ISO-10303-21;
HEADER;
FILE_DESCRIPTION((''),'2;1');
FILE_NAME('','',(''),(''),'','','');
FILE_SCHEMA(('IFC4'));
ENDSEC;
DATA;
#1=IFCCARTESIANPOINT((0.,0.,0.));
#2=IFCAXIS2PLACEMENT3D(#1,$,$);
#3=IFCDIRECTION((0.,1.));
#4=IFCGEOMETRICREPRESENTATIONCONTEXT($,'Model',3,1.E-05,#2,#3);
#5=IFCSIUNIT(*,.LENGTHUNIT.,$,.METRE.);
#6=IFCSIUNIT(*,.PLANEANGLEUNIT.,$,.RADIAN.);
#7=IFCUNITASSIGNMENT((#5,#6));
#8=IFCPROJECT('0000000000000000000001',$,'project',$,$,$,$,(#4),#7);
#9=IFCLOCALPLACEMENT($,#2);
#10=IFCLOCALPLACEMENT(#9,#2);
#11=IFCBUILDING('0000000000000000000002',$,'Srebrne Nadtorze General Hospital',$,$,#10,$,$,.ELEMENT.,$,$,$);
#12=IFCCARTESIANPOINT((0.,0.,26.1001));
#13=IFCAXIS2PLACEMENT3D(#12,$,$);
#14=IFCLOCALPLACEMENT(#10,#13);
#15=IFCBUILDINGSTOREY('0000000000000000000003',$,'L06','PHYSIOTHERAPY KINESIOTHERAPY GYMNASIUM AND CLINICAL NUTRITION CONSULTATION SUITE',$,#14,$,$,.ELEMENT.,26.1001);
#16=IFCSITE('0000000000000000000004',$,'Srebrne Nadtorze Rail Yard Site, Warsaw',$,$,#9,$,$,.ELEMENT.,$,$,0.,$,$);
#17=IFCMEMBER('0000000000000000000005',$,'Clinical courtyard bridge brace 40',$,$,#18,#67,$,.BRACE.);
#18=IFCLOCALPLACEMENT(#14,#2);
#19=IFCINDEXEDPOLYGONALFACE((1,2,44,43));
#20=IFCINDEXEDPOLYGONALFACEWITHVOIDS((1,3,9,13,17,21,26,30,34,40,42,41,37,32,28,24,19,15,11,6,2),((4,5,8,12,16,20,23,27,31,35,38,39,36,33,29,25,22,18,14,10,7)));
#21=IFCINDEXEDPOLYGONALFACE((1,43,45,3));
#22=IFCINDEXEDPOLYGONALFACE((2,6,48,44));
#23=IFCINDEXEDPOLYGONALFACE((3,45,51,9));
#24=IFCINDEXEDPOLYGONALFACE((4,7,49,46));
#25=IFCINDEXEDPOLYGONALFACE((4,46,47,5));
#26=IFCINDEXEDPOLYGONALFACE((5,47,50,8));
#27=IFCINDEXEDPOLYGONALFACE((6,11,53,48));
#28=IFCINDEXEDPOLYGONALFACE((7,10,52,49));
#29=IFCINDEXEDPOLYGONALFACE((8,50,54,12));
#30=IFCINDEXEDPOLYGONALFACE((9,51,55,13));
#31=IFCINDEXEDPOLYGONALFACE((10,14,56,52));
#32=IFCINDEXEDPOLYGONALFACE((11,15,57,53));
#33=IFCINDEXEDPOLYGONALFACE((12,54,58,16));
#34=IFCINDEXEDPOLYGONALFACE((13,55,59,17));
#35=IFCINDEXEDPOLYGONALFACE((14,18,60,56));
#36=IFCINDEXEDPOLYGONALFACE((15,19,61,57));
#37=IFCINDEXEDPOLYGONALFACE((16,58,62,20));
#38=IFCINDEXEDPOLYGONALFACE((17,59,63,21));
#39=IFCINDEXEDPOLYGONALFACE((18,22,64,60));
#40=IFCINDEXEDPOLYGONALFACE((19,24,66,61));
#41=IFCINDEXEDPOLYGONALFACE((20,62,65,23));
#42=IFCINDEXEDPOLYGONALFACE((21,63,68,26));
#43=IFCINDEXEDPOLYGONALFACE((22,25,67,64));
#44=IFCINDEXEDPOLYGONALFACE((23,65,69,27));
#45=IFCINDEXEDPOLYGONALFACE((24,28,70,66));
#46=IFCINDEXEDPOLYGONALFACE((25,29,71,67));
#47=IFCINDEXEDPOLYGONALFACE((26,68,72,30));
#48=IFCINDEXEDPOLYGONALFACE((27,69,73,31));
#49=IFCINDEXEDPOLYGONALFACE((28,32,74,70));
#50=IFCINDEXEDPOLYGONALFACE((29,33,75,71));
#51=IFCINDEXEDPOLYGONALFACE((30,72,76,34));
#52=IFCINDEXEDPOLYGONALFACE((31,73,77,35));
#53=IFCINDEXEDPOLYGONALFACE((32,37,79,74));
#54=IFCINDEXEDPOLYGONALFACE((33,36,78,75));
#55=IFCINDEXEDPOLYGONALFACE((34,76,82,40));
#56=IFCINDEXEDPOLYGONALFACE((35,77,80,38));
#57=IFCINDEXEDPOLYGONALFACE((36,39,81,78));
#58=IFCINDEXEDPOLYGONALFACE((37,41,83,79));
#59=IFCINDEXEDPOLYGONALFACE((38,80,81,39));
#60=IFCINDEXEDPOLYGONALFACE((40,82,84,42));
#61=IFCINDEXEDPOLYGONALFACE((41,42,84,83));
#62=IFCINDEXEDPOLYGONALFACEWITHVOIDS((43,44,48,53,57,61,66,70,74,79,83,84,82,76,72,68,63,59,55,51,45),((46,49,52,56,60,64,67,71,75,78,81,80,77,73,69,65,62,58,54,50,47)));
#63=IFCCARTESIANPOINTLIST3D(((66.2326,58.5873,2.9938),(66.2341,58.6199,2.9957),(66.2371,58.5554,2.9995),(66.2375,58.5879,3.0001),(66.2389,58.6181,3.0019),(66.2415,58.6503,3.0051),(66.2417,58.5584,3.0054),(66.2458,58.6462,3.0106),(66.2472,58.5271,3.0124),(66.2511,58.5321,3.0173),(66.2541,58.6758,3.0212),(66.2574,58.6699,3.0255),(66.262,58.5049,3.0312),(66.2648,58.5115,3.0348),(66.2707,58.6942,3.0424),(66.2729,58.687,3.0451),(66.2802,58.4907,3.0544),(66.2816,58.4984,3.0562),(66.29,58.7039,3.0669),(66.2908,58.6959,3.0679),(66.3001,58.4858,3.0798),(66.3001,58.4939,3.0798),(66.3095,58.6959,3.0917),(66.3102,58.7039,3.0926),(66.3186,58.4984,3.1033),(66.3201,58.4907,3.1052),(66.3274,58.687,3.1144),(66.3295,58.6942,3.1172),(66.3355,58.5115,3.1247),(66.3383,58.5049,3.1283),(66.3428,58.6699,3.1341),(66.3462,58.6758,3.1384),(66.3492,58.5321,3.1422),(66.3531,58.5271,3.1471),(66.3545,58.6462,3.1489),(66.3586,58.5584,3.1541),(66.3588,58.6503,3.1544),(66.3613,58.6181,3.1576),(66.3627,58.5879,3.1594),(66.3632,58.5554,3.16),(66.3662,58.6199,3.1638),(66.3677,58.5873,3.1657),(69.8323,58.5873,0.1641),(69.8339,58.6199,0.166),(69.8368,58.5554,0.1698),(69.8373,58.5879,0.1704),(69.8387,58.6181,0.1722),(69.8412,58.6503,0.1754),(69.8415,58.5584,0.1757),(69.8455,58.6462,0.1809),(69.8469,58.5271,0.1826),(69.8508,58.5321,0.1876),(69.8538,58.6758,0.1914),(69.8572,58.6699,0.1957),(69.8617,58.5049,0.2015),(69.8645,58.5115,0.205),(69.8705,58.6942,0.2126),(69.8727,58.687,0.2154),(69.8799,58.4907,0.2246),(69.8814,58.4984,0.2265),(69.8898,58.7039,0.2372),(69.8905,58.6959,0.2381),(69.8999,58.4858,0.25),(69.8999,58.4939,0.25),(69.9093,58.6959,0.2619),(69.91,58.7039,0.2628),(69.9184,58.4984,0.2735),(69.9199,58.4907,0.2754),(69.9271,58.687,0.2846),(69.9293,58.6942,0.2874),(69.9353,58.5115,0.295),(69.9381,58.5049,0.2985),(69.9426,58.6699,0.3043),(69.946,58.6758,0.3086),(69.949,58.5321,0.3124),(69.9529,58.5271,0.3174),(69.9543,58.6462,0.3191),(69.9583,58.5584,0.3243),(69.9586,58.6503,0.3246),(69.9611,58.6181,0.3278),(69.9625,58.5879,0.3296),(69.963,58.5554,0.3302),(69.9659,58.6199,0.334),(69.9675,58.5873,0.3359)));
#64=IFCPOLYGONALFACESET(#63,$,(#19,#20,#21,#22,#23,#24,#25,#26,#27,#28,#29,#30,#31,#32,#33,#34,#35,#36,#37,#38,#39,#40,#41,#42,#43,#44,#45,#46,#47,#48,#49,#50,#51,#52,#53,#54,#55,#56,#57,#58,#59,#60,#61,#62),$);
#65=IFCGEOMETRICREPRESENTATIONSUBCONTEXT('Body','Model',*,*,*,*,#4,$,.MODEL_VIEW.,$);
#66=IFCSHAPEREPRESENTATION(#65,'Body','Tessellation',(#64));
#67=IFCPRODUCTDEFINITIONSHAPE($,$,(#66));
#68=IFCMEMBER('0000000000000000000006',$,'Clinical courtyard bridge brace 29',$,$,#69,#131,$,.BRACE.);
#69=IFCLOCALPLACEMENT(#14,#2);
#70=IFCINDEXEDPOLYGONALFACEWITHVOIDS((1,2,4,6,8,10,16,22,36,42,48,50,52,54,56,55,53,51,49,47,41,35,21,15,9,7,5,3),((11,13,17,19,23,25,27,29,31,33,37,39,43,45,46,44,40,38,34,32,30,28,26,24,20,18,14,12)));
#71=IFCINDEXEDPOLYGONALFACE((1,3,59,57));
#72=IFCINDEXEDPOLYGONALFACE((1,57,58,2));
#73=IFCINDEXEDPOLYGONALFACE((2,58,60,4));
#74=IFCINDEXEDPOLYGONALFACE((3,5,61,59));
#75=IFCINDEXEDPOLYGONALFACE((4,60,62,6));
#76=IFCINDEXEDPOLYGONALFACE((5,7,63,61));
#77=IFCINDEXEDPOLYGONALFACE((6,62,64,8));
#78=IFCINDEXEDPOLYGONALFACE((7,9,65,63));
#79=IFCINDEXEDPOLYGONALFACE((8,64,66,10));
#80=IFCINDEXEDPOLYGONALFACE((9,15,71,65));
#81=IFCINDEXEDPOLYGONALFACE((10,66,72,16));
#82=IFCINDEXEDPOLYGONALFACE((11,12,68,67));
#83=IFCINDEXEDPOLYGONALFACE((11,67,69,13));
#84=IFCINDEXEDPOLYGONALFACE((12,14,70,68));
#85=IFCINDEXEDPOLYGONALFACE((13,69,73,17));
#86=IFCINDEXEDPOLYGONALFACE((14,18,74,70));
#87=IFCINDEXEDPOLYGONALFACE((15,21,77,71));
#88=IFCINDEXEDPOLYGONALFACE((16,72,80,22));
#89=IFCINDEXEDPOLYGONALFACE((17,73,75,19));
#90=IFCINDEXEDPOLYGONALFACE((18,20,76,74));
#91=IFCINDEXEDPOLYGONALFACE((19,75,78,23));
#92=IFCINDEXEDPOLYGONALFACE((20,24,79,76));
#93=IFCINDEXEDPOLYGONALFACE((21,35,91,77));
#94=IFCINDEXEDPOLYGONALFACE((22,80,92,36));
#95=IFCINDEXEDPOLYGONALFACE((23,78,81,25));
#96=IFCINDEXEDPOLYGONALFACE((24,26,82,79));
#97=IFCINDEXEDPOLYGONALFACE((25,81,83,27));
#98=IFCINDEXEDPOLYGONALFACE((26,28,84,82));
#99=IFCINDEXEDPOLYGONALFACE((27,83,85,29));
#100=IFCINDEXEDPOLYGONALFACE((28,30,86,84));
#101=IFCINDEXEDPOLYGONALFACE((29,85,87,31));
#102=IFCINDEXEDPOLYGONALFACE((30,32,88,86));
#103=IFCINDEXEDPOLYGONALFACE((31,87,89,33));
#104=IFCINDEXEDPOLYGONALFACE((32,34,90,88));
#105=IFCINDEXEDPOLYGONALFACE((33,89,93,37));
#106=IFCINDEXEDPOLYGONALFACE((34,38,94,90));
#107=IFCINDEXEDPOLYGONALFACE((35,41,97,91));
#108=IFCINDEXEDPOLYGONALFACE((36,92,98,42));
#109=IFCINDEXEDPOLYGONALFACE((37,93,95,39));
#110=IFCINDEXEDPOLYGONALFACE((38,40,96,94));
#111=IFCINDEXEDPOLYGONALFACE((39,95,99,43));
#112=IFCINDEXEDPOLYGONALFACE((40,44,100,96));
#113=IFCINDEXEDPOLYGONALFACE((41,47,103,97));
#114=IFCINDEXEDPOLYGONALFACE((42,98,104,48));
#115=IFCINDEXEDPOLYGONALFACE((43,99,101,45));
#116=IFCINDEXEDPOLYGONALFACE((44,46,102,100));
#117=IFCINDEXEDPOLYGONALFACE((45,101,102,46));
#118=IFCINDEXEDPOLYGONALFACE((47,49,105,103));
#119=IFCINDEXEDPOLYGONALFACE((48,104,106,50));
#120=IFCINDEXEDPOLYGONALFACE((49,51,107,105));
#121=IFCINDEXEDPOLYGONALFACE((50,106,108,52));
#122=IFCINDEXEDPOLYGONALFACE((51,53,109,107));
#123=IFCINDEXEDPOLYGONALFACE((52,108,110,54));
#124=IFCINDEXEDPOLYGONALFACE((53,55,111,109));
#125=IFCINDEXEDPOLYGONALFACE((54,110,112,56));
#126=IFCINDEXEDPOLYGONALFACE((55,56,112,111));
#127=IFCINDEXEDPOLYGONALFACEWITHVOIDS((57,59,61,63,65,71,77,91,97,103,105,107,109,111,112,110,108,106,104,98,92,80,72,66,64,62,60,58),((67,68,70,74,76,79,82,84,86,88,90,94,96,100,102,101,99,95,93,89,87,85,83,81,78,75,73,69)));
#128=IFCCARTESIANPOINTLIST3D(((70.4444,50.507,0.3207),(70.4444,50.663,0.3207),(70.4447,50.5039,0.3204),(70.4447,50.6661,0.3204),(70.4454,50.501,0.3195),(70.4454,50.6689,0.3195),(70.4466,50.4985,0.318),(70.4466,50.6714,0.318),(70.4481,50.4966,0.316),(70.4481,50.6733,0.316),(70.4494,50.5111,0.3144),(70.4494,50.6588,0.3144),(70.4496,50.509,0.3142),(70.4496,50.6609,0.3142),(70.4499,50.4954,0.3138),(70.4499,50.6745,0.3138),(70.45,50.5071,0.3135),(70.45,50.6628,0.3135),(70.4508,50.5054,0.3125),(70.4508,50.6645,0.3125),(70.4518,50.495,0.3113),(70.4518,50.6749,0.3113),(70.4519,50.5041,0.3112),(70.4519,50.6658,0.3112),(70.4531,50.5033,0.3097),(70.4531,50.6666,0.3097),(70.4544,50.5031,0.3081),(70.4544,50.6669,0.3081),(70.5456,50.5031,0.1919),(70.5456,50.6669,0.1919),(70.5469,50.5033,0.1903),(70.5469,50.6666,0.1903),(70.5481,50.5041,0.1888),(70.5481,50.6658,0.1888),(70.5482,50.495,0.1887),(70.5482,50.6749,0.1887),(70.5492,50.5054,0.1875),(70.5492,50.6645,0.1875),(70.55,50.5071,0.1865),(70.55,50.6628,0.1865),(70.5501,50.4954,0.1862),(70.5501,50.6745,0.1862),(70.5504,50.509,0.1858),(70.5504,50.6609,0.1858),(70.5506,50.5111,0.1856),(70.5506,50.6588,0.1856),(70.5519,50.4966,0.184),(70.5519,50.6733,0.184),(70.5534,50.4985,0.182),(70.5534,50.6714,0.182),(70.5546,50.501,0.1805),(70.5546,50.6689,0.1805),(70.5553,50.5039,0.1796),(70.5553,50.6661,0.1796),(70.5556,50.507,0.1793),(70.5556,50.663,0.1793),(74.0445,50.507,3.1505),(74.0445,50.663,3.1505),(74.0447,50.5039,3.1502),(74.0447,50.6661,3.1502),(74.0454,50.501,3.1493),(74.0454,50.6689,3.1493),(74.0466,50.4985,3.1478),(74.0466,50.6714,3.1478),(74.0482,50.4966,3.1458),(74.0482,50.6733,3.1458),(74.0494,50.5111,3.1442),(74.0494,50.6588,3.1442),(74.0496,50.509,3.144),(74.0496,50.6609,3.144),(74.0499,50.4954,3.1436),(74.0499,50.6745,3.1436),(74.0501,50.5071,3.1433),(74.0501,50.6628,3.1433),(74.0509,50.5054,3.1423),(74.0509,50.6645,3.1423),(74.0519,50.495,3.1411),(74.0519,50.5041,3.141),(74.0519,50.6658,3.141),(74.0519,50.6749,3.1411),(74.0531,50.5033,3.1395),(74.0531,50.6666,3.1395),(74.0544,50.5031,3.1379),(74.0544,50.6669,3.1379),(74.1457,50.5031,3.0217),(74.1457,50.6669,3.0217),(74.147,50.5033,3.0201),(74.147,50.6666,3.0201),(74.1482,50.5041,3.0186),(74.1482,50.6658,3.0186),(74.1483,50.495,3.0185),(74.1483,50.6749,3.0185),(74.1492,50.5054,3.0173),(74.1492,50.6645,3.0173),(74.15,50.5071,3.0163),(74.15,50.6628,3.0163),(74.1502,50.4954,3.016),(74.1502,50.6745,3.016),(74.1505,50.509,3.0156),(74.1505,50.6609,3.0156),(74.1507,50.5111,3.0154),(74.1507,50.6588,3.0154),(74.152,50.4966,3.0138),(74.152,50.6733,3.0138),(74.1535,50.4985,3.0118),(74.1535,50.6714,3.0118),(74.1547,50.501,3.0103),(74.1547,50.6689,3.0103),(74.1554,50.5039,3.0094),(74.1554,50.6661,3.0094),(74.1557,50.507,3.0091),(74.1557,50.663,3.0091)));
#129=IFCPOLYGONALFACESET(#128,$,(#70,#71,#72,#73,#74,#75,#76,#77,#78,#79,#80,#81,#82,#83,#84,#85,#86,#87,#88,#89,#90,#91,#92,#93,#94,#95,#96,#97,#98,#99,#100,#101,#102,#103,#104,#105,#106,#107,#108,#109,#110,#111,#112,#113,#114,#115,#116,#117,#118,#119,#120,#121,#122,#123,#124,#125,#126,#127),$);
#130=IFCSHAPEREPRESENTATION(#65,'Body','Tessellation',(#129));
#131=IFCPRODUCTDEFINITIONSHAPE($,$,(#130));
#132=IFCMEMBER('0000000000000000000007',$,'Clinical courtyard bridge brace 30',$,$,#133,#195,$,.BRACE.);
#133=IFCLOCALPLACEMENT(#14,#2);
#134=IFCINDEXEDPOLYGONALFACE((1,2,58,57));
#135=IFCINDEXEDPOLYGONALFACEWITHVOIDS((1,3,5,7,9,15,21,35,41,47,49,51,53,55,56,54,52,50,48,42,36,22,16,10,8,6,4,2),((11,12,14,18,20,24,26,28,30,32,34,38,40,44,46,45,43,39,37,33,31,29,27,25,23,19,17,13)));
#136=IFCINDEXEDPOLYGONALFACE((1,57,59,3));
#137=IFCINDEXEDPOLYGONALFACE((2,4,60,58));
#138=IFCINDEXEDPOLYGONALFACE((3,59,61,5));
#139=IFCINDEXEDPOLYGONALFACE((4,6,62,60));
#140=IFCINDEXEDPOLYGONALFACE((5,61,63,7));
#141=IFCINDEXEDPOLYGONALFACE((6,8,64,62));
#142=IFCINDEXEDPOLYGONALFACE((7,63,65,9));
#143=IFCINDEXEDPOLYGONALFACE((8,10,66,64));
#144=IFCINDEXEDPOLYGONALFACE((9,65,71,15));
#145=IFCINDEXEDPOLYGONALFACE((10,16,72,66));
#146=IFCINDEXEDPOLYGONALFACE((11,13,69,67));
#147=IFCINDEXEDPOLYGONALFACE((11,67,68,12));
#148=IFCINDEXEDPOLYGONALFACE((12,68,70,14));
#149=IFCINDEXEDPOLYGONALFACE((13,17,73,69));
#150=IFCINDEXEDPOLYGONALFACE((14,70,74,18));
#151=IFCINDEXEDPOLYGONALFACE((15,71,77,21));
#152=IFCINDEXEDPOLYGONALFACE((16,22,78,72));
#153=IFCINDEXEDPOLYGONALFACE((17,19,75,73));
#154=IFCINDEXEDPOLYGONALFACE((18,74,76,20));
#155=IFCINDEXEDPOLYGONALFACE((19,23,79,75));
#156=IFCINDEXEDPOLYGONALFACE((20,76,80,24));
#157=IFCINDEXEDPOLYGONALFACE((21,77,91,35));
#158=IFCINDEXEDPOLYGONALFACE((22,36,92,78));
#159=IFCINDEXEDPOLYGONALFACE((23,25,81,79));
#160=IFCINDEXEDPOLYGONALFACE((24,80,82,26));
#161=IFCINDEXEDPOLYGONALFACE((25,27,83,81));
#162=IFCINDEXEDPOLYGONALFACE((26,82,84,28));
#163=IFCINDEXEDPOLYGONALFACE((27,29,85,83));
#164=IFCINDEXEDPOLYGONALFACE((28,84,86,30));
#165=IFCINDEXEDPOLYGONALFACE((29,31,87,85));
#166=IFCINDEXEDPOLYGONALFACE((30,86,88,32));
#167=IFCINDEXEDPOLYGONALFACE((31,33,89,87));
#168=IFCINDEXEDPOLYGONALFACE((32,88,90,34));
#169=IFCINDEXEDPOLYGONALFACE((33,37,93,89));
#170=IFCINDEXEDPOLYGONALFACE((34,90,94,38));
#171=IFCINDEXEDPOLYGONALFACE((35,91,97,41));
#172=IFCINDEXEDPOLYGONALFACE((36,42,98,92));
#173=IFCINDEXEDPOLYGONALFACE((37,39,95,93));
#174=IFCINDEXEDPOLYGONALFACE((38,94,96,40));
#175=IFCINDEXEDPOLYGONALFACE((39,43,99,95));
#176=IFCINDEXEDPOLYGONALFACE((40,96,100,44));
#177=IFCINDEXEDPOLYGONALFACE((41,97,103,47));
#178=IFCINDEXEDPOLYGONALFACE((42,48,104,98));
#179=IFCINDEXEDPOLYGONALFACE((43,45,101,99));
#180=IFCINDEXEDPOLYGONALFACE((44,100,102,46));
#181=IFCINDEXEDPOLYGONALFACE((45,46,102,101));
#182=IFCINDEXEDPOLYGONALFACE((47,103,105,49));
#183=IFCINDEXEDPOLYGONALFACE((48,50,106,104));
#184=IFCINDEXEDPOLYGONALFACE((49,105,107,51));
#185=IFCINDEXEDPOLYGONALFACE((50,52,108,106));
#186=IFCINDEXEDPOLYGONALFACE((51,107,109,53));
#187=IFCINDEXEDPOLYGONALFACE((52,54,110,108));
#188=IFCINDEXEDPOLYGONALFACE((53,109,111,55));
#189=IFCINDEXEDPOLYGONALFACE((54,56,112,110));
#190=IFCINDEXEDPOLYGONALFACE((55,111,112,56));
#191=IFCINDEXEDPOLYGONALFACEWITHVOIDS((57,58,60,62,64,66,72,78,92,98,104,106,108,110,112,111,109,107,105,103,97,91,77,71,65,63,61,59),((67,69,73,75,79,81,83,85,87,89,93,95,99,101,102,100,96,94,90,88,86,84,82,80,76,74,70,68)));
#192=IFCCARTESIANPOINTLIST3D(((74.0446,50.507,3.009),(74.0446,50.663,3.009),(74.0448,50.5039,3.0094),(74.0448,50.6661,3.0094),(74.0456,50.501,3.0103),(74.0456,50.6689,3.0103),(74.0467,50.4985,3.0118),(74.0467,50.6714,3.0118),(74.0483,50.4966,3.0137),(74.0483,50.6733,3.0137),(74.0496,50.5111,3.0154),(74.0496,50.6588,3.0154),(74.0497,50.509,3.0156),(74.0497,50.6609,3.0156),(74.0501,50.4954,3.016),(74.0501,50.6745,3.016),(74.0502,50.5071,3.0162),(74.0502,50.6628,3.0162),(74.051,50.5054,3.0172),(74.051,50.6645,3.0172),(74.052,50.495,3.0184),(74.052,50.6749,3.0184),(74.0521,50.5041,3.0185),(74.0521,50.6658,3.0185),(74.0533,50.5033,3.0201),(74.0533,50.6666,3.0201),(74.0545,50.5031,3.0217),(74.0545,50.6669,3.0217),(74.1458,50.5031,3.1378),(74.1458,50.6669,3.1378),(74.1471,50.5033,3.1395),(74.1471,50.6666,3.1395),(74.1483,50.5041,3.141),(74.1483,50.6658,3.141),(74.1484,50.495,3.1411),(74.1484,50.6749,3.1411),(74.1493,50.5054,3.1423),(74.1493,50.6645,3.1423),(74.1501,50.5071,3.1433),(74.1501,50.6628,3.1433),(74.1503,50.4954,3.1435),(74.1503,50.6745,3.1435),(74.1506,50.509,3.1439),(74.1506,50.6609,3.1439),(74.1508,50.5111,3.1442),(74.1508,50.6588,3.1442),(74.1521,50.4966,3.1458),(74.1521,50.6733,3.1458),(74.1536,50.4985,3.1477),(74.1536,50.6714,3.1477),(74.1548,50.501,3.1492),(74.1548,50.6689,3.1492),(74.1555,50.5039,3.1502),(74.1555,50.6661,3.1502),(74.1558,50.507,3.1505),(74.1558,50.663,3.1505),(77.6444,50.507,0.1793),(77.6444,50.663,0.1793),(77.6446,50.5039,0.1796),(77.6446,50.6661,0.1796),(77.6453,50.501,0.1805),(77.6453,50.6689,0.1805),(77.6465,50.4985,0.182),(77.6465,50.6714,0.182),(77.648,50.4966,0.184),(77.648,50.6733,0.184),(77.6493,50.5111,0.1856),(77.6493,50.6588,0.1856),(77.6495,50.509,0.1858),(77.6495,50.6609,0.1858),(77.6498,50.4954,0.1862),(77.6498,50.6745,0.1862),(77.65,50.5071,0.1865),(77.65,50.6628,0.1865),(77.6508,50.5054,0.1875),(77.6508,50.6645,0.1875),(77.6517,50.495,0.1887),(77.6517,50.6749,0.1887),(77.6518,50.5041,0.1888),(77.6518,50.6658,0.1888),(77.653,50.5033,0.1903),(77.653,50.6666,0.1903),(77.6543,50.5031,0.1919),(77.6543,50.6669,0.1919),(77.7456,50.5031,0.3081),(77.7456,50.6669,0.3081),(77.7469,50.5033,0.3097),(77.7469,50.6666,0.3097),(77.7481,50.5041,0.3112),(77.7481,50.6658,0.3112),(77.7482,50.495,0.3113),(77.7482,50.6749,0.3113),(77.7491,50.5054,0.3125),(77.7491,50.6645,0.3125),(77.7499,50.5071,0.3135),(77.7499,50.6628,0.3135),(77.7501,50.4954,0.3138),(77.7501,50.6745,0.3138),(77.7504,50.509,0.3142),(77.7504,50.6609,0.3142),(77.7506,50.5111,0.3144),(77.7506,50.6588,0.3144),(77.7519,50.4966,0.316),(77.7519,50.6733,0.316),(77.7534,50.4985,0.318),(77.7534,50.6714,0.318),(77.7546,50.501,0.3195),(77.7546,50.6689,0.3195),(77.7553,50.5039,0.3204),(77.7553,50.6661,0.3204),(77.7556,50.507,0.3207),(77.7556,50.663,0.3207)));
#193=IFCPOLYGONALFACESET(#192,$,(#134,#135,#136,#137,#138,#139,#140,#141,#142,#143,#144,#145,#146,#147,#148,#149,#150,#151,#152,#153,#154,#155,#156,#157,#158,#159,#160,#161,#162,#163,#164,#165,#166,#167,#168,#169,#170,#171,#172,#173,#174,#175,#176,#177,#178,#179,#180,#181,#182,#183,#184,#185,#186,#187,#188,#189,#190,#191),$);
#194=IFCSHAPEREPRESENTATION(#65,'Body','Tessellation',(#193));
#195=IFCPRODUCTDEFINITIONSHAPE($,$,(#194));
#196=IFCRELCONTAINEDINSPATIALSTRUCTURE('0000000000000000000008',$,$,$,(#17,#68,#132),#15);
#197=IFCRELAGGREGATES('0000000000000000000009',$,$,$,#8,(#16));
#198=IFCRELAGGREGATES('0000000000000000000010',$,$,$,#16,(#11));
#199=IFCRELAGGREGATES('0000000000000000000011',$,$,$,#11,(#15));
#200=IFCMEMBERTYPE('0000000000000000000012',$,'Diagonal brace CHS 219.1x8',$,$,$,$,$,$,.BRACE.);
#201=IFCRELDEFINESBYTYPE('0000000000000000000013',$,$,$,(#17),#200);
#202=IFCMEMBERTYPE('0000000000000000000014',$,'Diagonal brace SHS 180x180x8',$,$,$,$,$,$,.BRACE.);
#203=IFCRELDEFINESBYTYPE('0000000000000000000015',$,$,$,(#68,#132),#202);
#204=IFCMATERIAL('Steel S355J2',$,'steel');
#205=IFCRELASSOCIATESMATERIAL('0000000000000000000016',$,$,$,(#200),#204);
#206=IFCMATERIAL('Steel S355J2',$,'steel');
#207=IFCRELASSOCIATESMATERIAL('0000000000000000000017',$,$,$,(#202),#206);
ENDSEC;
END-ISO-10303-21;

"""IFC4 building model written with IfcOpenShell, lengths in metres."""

from ifc_helpers import new_model, si_unit, direction, frame, origin, origin_2d, place, context, subcontext, project, spatial, hollow_rectangle, hollow_circle, extrude, material, material_profile, profile_set, type_object, element, save


model = new_model("IFC4")

# Units and contexts
model_context = context("Model", 3, precision=1e-05, world=origin(), true_north=direction((0.0, 1.0)))
body_context = subcontext(model_context, "Body", "Model", "MODEL_VIEW")
ifc_project = project(units=[si_unit("LENGTHUNIT", "METRE"), si_unit("PLANEANGLEUNIT", "RADIAN")], contexts=[model_context])

# Site, building, storey
site_placement = place(None, origin())
site = spatial("IfcSite", under=ifc_project, at=site_placement, Name="Srebrne Nadtorze Rail Yard Site, Warsaw", CompositionType="ELEMENT", RefElevation=0.0)
building_placement = place(site_placement, origin())
building = spatial("IfcBuilding", under=site, at=building_placement, Name="Srebrne Nadtorze General Hospital", CompositionType="ELEMENT")
storey_placement = place(building_placement, frame((0.0, 0.0, 26.1001)))
storey = spatial("IfcBuildingStorey", under=building, at=storey_placement, Name="L06", Description="PHYSIOTHERAPY KINESIOTHERAPY GYMNASIUM AND CLINICAL NUTRITION CONSULTATION SUITE", CompositionType="ELEMENT", Elevation=26.1001)

# Members
ifc_material_1 = material(Name="Steel S355J2", Category="steel")
ifc_material_profile_1 = material_profile(ifc_material_1, hollow_circle(Radius=0.1096, WallThickness=0.0081, at=origin_2d()), Name="CHS-219.1x8")
ifc_profile_set_1 = profile_set([ifc_material_profile_1], Name="Steel S355J2")
member_type_1 = type_object("IfcMemberType", Name="Diagonal brace CHS 219.1x8", PredefinedType="BRACE", material=ifc_profile_set_1)
member_1_placement = place(storey_placement, frame((69.8999, 58.5955, 0.25), z_axis=(-0.786172, 0.0, 0.618008), x_axis=(0.0, -1.0, 0.0)))
element("IfcMember", 1, at=member_1_placement, inside=storey, type_object=member_type_1, Name="Clinical courtyard bridge brace 40", PredefinedType="BRACE", context=body_context, shape_type="SweptSolid", body=[
    extrude(hollow_circle(Radius=0.1096, WallThickness=0.0081, at=origin_2d()), origin(), (0.0, 0.0, 1.0), 4.5789),
])
ifc_material_2 = material(Name="Steel S355J2", Category="steel")
ifc_material_profile_2 = material_profile(ifc_material_2, hollow_rectangle(XDim=0.1799, YDim=0.1799, WallThickness=0.0081, InnerFilletRadius=0.0081, OuterFilletRadius=0.012, at=origin_2d()), Name="SHS-180x180x8")
ifc_profile_set_2 = profile_set([ifc_material_profile_2], Name="Steel S355J2")
member_type_2 = type_object("IfcMemberType", Name="Diagonal brace SHS 180x180x8", PredefinedType="BRACE", material=ifc_profile_set_2)
member_2_placement = place(storey_placement, frame((70.5, 50.585, 0.25), z_axis=(0.786193, 0.0, 0.617982), x_axis=(0.0, 1.0, 0.0)))
element("IfcMember", 2, at=member_2_placement, inside=storey, type_object=member_type_2, Name="Clinical courtyard bridge brace 29", PredefinedType="BRACE", context=body_context, shape_type="SweptSolid", body=[
    extrude(hollow_rectangle(XDim=0.1799, YDim=0.1799, WallThickness=0.0081, InnerFilletRadius=0.0081, OuterFilletRadius=0.012, at=origin_2d()), origin(), (0.0, 0.0, 1.0), 4.5791),
])
member_3_placement = place(storey_placement, frame((77.7, 50.585, 0.25), z_axis=(-0.786172, 0.0, 0.618008), x_axis=(0.0, -1.0, 0.0)))
element("IfcMember", 3, at=member_3_placement, inside=storey, type_object=member_type_2, Name="Clinical courtyard bridge brace 30", PredefinedType="BRACE", context=body_context, shape_type="SweptSolid", body=[
    extrude(hollow_rectangle(XDim=0.1799, YDim=0.1799, WallThickness=0.0081, InnerFilletRadius=0.0081, OuterFilletRadius=0.012, at=origin_2d()), origin(), (0.0, 0.0, 1.0), 4.5789),
])

save(model, "model.ifc")
